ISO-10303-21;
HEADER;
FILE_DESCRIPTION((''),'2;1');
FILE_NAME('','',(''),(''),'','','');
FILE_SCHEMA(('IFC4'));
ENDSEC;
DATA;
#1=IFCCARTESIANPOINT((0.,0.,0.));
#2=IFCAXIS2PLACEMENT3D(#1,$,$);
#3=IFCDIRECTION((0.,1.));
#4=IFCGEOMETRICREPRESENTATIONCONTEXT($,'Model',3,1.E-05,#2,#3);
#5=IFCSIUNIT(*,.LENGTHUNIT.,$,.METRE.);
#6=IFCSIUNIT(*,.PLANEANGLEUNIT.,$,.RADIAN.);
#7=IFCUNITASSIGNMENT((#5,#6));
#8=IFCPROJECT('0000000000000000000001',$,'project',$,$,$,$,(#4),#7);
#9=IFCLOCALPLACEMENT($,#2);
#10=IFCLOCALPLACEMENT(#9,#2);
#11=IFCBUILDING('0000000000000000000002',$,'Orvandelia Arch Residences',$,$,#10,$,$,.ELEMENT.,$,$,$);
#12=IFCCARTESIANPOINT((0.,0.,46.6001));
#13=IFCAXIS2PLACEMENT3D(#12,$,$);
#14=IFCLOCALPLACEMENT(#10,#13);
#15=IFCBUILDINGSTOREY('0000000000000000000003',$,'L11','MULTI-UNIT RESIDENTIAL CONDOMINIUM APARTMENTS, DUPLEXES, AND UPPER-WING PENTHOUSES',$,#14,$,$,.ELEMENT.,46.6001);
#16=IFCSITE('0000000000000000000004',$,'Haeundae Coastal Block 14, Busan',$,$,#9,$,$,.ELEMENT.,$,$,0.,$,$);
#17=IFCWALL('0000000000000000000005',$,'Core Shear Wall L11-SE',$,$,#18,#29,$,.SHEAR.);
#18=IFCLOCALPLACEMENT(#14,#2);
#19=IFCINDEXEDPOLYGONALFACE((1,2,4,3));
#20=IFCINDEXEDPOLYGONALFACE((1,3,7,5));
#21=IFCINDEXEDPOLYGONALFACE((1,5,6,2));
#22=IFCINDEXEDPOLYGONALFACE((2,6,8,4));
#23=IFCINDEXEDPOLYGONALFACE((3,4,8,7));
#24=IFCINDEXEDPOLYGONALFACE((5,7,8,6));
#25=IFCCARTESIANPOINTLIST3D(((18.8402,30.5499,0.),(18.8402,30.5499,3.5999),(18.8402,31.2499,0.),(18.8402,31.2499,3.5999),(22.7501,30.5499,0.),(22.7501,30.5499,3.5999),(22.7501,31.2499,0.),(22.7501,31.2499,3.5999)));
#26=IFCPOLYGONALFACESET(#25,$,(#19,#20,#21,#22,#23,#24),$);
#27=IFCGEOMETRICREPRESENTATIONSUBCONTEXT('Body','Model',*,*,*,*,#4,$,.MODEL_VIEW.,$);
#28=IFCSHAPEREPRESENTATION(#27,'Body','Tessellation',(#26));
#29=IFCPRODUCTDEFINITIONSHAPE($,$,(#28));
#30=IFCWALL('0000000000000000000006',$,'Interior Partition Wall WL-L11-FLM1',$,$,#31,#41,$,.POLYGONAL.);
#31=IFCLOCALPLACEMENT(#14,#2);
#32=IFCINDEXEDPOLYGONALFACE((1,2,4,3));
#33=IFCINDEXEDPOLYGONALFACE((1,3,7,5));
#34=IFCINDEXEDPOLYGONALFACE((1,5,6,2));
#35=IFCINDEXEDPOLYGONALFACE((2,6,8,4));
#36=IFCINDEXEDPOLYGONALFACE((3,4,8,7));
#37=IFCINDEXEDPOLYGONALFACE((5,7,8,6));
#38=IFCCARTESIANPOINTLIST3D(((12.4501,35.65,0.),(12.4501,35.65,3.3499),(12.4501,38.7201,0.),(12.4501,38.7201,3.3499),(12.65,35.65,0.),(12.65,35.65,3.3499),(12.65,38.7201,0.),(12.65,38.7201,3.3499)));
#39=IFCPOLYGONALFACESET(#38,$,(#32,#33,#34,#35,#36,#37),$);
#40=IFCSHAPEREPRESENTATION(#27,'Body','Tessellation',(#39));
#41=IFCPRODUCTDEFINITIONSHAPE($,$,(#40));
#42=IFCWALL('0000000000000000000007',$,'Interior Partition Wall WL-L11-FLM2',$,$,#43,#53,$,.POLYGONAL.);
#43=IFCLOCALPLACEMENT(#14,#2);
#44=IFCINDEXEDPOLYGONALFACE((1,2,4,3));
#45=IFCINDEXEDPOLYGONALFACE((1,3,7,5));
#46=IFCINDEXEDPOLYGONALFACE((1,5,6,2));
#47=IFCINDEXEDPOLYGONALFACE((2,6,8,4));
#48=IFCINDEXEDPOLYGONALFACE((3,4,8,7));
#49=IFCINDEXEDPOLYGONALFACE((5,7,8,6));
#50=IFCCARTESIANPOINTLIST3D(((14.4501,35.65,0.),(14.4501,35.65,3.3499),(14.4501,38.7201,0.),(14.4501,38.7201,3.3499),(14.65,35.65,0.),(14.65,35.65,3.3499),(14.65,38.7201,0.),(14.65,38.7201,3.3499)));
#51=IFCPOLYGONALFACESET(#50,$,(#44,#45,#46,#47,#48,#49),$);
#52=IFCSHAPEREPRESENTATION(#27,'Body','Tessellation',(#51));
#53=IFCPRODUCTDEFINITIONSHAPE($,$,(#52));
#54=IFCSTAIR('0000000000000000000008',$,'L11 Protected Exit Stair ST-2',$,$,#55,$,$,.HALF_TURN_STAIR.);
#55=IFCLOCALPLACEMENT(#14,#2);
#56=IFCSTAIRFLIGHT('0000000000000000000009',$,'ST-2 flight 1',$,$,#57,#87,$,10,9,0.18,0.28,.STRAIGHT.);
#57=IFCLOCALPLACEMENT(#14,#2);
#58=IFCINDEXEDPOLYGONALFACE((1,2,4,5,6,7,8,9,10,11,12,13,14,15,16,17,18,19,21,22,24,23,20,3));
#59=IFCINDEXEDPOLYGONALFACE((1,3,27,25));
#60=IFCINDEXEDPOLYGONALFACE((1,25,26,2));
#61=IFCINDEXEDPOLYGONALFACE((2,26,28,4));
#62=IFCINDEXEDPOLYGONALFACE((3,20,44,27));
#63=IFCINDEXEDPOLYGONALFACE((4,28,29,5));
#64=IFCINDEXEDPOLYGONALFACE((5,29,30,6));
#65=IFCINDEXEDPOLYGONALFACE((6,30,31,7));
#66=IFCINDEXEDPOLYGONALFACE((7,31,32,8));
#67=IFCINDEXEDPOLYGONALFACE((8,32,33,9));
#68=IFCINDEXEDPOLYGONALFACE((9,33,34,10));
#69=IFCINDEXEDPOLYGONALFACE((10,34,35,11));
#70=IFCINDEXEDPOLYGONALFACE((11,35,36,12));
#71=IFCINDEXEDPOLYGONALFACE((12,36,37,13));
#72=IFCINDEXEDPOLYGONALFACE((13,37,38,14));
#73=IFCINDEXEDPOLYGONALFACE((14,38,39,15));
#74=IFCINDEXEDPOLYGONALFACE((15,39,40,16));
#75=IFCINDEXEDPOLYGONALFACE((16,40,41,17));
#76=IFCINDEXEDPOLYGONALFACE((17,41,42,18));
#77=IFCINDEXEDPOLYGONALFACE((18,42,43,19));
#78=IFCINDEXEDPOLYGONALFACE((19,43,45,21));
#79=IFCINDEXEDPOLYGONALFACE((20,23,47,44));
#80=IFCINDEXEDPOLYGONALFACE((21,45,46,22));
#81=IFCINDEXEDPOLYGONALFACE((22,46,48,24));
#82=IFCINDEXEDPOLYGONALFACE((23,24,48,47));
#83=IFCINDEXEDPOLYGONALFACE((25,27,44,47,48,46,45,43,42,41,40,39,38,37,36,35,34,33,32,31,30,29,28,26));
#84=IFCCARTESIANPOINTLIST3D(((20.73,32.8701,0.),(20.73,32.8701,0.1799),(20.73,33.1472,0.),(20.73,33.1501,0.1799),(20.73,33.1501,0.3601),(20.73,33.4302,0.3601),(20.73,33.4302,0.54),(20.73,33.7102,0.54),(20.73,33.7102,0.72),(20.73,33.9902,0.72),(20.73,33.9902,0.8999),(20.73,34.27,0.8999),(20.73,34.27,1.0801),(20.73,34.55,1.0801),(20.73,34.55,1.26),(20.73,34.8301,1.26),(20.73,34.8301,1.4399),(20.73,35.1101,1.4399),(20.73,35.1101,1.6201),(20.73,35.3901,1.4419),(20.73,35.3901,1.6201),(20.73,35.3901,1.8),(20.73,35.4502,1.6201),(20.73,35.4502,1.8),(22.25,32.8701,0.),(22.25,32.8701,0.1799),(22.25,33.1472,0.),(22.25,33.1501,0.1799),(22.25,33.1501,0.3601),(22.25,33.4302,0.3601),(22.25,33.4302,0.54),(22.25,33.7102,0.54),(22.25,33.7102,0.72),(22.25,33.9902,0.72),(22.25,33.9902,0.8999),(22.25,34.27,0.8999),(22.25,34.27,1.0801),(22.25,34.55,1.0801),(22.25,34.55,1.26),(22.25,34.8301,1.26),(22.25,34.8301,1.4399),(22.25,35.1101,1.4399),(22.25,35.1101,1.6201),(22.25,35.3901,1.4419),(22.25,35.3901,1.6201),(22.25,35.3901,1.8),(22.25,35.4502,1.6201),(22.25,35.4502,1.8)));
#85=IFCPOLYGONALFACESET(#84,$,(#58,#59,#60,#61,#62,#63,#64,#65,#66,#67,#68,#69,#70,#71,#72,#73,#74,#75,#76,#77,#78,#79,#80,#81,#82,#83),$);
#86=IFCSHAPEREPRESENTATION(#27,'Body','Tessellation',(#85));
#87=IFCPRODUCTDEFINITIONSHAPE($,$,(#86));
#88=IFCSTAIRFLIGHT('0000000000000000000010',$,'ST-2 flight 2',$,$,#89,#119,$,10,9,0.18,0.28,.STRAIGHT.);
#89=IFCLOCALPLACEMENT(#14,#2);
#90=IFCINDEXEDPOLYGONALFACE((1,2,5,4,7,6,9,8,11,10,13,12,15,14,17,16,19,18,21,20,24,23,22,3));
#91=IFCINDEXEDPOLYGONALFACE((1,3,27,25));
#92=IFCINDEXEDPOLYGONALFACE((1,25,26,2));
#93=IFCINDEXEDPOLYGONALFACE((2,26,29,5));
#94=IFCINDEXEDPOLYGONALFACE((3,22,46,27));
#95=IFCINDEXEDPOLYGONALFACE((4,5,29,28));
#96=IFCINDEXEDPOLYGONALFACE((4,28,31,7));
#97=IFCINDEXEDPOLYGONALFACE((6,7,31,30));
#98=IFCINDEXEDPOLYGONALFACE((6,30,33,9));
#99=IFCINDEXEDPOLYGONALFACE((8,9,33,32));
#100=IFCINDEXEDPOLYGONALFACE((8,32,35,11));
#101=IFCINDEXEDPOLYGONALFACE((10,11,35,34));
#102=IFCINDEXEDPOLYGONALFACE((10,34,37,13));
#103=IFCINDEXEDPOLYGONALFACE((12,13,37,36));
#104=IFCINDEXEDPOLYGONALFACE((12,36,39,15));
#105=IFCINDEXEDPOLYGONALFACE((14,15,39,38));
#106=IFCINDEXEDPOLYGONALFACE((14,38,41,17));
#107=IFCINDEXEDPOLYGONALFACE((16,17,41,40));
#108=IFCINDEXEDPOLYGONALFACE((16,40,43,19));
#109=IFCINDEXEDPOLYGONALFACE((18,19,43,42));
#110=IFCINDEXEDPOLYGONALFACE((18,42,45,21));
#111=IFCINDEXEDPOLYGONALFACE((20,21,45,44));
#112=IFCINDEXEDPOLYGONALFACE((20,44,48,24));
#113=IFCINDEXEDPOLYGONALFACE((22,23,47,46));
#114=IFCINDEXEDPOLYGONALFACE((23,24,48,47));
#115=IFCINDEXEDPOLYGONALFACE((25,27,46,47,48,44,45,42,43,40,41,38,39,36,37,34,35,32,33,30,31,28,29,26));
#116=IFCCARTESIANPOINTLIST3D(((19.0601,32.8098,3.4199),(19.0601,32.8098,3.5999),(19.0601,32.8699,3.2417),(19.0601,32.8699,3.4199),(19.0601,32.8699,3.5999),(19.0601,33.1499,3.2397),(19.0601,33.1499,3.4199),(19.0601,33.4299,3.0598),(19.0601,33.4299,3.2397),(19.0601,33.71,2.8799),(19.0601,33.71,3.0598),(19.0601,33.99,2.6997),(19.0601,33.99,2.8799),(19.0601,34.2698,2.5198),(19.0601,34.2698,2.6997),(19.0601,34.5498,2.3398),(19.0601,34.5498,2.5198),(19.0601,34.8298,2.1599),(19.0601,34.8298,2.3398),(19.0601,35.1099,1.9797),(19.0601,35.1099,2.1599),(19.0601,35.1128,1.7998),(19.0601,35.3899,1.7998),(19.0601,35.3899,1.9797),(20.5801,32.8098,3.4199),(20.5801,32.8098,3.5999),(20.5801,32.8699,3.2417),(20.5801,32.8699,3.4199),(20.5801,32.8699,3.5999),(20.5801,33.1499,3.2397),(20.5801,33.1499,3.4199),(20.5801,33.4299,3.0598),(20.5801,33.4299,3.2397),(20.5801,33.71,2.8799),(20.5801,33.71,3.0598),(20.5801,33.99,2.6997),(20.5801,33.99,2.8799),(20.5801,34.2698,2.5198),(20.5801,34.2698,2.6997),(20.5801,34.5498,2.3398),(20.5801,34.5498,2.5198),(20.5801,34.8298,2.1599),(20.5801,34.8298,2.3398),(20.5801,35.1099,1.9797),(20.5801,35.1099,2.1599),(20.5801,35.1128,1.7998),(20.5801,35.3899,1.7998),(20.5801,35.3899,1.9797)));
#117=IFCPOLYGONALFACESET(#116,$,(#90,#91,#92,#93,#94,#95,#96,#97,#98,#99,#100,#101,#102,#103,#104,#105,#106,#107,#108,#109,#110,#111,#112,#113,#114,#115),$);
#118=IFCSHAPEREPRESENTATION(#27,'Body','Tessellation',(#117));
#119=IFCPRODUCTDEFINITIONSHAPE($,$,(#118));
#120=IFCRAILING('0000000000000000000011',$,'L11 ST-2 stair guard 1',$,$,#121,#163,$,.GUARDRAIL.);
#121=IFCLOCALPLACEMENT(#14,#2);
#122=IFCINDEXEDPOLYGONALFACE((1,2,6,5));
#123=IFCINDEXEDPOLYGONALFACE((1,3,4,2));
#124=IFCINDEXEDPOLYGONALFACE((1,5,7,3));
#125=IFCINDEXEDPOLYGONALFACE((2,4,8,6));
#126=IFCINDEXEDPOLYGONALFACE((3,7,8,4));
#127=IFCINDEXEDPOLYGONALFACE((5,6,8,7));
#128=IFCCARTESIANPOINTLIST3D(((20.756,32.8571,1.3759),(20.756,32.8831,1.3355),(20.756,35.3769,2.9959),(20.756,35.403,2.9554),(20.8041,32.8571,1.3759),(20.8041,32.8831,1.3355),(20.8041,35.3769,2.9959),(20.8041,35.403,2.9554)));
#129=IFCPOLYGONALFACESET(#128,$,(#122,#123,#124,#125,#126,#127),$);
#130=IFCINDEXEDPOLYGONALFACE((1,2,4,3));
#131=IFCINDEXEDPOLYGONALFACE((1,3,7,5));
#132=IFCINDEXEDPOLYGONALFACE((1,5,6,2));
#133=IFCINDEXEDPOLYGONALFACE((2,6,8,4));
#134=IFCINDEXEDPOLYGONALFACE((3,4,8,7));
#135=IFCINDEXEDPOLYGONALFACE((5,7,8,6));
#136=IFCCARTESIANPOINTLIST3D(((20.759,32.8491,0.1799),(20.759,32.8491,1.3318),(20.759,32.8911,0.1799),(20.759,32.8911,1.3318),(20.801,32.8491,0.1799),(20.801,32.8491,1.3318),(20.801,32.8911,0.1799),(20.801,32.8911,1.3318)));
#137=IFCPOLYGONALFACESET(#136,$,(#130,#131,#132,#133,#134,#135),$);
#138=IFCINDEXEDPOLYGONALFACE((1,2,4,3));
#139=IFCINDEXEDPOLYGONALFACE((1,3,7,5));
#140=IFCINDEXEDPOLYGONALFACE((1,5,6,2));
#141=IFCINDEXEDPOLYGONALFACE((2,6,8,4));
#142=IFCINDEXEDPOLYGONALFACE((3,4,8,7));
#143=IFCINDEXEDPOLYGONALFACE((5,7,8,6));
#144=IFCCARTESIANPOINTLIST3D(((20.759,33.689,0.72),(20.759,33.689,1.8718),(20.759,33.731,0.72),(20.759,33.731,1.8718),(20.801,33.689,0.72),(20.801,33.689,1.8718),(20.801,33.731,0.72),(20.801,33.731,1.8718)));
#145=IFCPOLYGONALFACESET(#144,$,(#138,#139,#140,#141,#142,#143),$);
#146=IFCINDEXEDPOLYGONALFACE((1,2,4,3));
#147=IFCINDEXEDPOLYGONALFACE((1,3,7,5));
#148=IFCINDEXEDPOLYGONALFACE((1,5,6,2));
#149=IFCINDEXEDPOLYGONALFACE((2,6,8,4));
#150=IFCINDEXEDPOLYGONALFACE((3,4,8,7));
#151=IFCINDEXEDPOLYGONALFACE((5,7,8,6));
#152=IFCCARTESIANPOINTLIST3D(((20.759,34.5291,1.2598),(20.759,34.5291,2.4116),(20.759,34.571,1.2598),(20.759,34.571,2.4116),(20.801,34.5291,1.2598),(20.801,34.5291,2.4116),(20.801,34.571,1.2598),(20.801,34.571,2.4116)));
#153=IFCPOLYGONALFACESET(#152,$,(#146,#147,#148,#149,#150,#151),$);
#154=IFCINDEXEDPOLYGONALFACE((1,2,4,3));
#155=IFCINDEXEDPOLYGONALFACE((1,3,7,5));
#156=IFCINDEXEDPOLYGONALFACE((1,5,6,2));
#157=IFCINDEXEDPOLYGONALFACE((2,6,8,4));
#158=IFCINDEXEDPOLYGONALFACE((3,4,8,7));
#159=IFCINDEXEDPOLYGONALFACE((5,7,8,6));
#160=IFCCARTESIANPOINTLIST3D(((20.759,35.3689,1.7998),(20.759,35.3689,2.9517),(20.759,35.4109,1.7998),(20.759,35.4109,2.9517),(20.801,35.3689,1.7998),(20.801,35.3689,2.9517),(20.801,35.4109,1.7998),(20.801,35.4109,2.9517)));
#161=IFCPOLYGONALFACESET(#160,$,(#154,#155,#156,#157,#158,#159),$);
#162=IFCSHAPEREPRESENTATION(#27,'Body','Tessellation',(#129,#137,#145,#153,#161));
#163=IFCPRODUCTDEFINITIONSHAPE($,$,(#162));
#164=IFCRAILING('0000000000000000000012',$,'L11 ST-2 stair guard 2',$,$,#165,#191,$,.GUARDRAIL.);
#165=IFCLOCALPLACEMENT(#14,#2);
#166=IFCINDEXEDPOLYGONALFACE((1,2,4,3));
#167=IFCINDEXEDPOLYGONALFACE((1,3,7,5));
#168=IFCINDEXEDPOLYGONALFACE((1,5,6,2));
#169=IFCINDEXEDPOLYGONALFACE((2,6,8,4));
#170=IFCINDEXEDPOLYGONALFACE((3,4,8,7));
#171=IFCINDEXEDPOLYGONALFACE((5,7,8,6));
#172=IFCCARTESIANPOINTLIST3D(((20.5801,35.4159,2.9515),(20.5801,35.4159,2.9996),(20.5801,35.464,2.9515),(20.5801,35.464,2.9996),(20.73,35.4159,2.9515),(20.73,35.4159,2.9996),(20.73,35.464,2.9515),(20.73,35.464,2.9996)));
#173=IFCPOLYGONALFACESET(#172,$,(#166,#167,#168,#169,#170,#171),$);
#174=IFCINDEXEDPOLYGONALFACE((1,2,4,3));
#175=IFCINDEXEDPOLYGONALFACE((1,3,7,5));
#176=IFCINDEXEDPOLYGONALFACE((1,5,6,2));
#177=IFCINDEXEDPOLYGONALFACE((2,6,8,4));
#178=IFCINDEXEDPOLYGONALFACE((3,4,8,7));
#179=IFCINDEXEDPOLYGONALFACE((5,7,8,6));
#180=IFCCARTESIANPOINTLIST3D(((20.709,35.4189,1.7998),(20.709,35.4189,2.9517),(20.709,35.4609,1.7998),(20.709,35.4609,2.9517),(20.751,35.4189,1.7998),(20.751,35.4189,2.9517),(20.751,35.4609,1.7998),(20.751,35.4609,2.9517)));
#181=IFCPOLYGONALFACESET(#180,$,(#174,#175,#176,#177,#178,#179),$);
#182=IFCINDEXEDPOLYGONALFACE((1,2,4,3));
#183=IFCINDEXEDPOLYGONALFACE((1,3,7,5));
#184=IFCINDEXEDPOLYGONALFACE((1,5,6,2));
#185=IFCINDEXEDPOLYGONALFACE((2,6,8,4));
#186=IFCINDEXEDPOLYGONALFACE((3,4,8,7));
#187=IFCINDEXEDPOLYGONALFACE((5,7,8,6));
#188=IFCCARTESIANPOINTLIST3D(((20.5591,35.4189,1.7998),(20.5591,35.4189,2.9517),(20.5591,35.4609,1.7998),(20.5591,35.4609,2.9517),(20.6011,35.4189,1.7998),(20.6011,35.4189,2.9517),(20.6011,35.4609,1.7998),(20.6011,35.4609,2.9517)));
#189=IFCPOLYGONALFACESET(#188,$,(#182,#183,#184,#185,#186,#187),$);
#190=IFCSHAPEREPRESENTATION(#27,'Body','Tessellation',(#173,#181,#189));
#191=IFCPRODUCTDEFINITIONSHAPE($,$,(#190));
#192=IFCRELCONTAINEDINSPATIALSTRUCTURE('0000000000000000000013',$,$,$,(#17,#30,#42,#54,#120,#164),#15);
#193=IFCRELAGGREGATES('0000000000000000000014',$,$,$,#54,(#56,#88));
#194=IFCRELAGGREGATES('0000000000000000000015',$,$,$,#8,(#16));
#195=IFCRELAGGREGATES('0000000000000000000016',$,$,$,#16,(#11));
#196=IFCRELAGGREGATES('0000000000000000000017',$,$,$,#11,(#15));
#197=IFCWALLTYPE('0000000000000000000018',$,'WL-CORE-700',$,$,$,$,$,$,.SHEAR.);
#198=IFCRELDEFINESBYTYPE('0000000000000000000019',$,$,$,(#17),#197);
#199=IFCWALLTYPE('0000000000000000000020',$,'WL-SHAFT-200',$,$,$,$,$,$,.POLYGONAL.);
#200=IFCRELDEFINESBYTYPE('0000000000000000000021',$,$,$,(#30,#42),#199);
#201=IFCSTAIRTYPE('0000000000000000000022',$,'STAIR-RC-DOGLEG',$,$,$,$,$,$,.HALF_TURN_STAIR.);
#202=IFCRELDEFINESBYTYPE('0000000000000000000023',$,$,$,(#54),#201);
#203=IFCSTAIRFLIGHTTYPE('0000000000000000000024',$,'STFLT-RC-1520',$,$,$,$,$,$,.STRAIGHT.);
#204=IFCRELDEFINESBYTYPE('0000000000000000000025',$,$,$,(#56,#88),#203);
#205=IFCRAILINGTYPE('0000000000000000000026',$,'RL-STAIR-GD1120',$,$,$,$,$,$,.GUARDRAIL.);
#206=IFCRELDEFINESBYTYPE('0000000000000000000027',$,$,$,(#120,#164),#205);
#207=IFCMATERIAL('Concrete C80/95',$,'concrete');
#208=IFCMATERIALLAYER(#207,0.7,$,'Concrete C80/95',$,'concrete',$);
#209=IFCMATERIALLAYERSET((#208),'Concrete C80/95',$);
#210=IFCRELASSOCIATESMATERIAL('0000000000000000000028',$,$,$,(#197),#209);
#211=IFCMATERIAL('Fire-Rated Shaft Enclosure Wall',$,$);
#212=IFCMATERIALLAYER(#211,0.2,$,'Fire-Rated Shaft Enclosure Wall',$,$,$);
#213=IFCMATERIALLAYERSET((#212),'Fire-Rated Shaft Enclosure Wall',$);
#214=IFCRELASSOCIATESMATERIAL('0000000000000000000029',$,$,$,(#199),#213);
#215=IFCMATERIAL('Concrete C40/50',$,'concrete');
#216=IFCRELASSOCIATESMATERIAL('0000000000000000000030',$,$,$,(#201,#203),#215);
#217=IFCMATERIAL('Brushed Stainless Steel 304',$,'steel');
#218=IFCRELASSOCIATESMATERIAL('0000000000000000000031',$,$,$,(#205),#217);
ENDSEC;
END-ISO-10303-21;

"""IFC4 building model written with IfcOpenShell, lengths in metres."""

from ifc_helpers import new_model, si_unit, direction, frame, frame_2d, origin, origin_2d, place, context, subcontext, project, spatial, polyline, rectangle, outline, extrude, material, layer, layer_set, type_object, element, aggregate, save


model = new_model("IFC4")

# Units and contexts
model_context = context("Model", 3, precision=1e-05, world=origin(), true_north=direction((0.0, 1.0)))
body_context = subcontext(model_context, "Body", "Model", "MODEL_VIEW")
ifc_project = project(units=[si_unit("LENGTHUNIT", "METRE"), si_unit("PLANEANGLEUNIT", "RADIAN")], contexts=[model_context])

# Site, building, storey
site_placement = place(None, origin())
site = spatial("IfcSite", under=ifc_project, at=site_placement, Name="Haeundae Coastal Block 14, Busan", CompositionType="ELEMENT", RefElevation=0.0)
building_placement = place(site_placement, origin())
building = spatial("IfcBuilding", under=site, at=building_placement, Name="Orvandelia Arch Residences", CompositionType="ELEMENT")
storey_placement = place(building_placement, frame((0.0, 0.0, 46.6001)))
storey = spatial("IfcBuildingStorey", under=building, at=storey_placement, Name="L11", Description="MULTI-UNIT RESIDENTIAL CONDOMINIUM APARTMENTS, DUPLEXES, AND UPPER-WING PENTHOUSES", CompositionType="ELEMENT", Elevation=46.6001)

# Shared definitions
ifc_material_1 = material(Name="Concrete C80/95", Category="concrete")

# Shared definitions
ifc_layer_1 = layer(ifc_material_1, 0.7, Name="Concrete C80/95", Category="concrete")
ifc_layer_set_1 = layer_set([ifc_layer_1], Name="Concrete C80/95")
wall_type_1 = type_object("IfcWallType", Name="WL-CORE-700", PredefinedType="SHEAR", material=ifc_layer_set_1)

# Walls
wall_1_placement = place(storey_placement, frame((18.8401, 30.8999, 0.0), z_axis=(0.0, 0.0, 1.0), x_axis=(1.0, 0.0, 0.0)))
element("IfcWall", 1, at=wall_1_placement, inside=storey, type_object=wall_type_1, Name="Core Shear Wall L11-SE", PredefinedType="SHEAR", context=body_context, shape_type="SweptSolid", body=[
    extrude(rectangle(XDim=3.9099, YDim=0.7, at=frame_2d((1.9551, 0.0))), origin(), (0.0, 0.0, 1.0), 3.5999),
])
ifc_material_2 = material(Name="Fire-Rated Shaft Enclosure Wall")
ifc_layer_2 = layer(ifc_material_2, 0.2, Name="Fire-Rated Shaft Enclosure Wall")
ifc_layer_set_2 = layer_set([ifc_layer_2], Name="Fire-Rated Shaft Enclosure Wall")
wall_type_2 = type_object("IfcWallType", Name="WL-SHAFT-200", PredefinedType="POLYGONAL", material=ifc_layer_set_2)
for number, where, z_axis, x_axis, name in (
    (2, (12.55, 35.6499, 0.0), (0.0, 0.0, 1.0), (0.0, 1.0, 0.0), "Interior Partition Wall WL-L11-FLM1"),
    (3, (14.55, 35.6499, 0.0), (0.0, 0.0, 1.0), (0.0, 1.0, 0.0), "Interior Partition Wall WL-L11-FLM2"),
):
    element("IfcWall", number, at=place(storey_placement, frame(where, z_axis=z_axis, x_axis=x_axis)), inside=storey, type_object=wall_type_2, Name=name, PredefinedType="POLYGONAL", context=body_context, shape_type="SweptSolid", body=[
        extrude(rectangle(XDim=3.0701, YDim=0.2, at=frame_2d((1.5352, 0.0))), origin(), (0.0, 0.0, 1.0), 3.3499),
    ])

# Stair, stair flights
ifc_material_3 = material(Name="Concrete C40/50", Category="concrete")
stair_type = type_object("IfcStairType", Name="STAIR-RC-DOGLEG", PredefinedType="HALF_TURN_STAIR", material=ifc_material_3)
stair_placement = place(storey_placement, origin())
stair = element("IfcStair", 4, at=stair_placement, inside=storey, type_object=stair_type, Name="L11 Protected Exit Stair ST-2", PredefinedType="HALF_TURN_STAIR")
stair_flight_type = type_object("IfcStairFlightType", Name="STFLT-RC-1520", PredefinedType="STRAIGHT", material=ifc_material_3)
stair_flight_1_placement = place(storey_placement, frame((21.49, 32.8701, 0.0), z_axis=(0.0, 0.0, 1.0), x_axis=(0.0, 1.0, 0.0)))
stair_flight_1 = element("IfcStairFlight", 5, at=stair_flight_1_placement, type_object=stair_flight_type, Name="ST-2 flight 1", NumberOfRisers=10, NumberOfTreads=9, PredefinedType="STRAIGHT", RiserHeight=0.18, TreadLength=0.28, context=body_context, shape_type="SweptSolid", body=[
    extrude(outline(polyline([(0.0, 0.0), (0.0, 0.1799), (0.28, 0.1799), (0.28, 0.3601), (0.5601, 0.3601), (0.5601, 0.54), (0.8401, 0.54), (0.8401, 0.72), (1.1201, 0.72), (1.1201, 0.8999), (1.3999, 0.8999), (1.3999, 1.0801), (1.6799, 1.0801), (1.6799, 1.26), (1.96, 1.26), (1.96, 1.4399), (2.24, 1.4399), (2.24, 1.6201), (2.52, 1.6201), (2.52, 1.8), (2.5801, 1.8), (2.5801, 1.6201), (2.52, 1.4419), (0.2771, 0.0), (0.0, 0.0)])), frame((0.0, 0.76, 0.0), z_axis=(0.0, -1.0, 0.0), x_axis=(1.0, 0.0, 0.0)), (0.0, 0.0, 1.0), 1.52),
])
stair_flight_2_placement = place(storey_placement, frame((19.8201, 35.3899, 1.7998), z_axis=(0.0, 0.0, 1.0), x_axis=(0.0, -1.0, 0.0)))
stair_flight_2 = element("IfcStairFlight", 6, at=stair_flight_2_placement, type_object=stair_flight_type, Name="ST-2 flight 2", NumberOfRisers=10, NumberOfTreads=9, PredefinedType="STRAIGHT", RiserHeight=0.18, TreadLength=0.28, context=body_context, shape_type="SweptSolid", body=[
    extrude(outline(polyline([(0.0, 0.0), (0.0, 0.1799), (0.28, 0.1799), (0.28, 0.3601), (0.5601, 0.3601), (0.5601, 0.54), (0.8401, 0.54), (0.8401, 0.72), (1.1201, 0.72), (1.1201, 0.8999), (1.3999, 0.8999), (1.3999, 1.0801), (1.6799, 1.0801), (1.6799, 1.26), (1.96, 1.26), (1.96, 1.4399), (2.24, 1.4399), (2.24, 1.6201), (2.52, 1.6201), (2.52, 1.8), (2.5801, 1.8), (2.5801, 1.6201), (2.52, 1.4419), (0.2771, 0.0), (0.0, 0.0)])), frame((0.0, 0.76, 0.0), z_axis=(0.0, -1.0, 0.0), x_axis=(1.0, 0.0, 0.0)), (0.0, 0.0, 1.0), 1.52),
])
aggregate(stair, [stair_flight_1, stair_flight_2])

# Railings
ifc_material_4 = material(Name="Brushed Stainless Steel 304", Category="steel")
railing_type_1 = type_object("IfcRailingType", Name="RL-STAIR-GD1120", PredefinedType="GUARDRAIL", material=ifc_material_4)
railing_1_placement = place(storey_placement, frame((20.78, 32.8701, 0.1799)))
element("IfcRailing", 7, at=railing_1_placement, inside=storey, type_object=railing_type_1, Name="L11 ST-2 stair guard 1", PredefinedType="GUARDRAIL", context=body_context, shape_type="SweptSolid", body=[
    extrude(rectangle(XDim=0.0481, YDim=0.0481, at=origin_2d()), frame((0.0, 0.0, 1.1758), z_axis=(0.0, 0.841176, 0.540762), x_axis=(-1.0, 0.0, 0.0)), (0.0, 0.0, 1.0), 2.9956),
    extrude(rectangle(XDim=0.042, YDim=0.042, at=origin_2d()), origin(), (0.0, 0.0, 1.0), 1.1519),
    extrude(rectangle(XDim=0.042, YDim=0.042, at=origin_2d()), frame((0.0, 0.8398, 0.54)), (0.0, 0.0, 1.0), 1.1519),
    extrude(rectangle(XDim=0.042, YDim=0.042, at=origin_2d()), frame((0.0, 1.6799, 1.0798)), (0.0, 0.0, 1.0), 1.1519),
    extrude(rectangle(XDim=0.042, YDim=0.042, at=origin_2d()), frame((0.0, 2.5198, 1.6199)), (0.0, 0.0, 1.0), 1.1519),
])
railing_2_placement = place(storey_placement, frame((20.73, 35.4399, 1.7998)))
element("IfcRailing", 8, at=railing_2_placement, inside=storey, type_object=railing_type_1, Name="L11 ST-2 stair guard 2", PredefinedType="GUARDRAIL", context=body_context, shape_type="SweptSolid", body=[
    extrude(rectangle(XDim=0.0481, YDim=0.0481, at=origin_2d()), frame((0.0, 0.0, 1.1758), z_axis=(-1.0, 0.0, 0.0), x_axis=(0.0, -1.0, 0.0)), (0.0, 0.0, 1.0), 0.1499),
    extrude(rectangle(XDim=0.042, YDim=0.042, at=origin_2d()), origin(), (0.0, 0.0, 1.0), 1.1519),
    extrude(rectangle(XDim=0.042, YDim=0.042, at=origin_2d()), frame((-0.1499, 0.0, 0.0)), (0.0, 0.0, 1.0), 1.1519),
])

save(model, "model.ifc")
